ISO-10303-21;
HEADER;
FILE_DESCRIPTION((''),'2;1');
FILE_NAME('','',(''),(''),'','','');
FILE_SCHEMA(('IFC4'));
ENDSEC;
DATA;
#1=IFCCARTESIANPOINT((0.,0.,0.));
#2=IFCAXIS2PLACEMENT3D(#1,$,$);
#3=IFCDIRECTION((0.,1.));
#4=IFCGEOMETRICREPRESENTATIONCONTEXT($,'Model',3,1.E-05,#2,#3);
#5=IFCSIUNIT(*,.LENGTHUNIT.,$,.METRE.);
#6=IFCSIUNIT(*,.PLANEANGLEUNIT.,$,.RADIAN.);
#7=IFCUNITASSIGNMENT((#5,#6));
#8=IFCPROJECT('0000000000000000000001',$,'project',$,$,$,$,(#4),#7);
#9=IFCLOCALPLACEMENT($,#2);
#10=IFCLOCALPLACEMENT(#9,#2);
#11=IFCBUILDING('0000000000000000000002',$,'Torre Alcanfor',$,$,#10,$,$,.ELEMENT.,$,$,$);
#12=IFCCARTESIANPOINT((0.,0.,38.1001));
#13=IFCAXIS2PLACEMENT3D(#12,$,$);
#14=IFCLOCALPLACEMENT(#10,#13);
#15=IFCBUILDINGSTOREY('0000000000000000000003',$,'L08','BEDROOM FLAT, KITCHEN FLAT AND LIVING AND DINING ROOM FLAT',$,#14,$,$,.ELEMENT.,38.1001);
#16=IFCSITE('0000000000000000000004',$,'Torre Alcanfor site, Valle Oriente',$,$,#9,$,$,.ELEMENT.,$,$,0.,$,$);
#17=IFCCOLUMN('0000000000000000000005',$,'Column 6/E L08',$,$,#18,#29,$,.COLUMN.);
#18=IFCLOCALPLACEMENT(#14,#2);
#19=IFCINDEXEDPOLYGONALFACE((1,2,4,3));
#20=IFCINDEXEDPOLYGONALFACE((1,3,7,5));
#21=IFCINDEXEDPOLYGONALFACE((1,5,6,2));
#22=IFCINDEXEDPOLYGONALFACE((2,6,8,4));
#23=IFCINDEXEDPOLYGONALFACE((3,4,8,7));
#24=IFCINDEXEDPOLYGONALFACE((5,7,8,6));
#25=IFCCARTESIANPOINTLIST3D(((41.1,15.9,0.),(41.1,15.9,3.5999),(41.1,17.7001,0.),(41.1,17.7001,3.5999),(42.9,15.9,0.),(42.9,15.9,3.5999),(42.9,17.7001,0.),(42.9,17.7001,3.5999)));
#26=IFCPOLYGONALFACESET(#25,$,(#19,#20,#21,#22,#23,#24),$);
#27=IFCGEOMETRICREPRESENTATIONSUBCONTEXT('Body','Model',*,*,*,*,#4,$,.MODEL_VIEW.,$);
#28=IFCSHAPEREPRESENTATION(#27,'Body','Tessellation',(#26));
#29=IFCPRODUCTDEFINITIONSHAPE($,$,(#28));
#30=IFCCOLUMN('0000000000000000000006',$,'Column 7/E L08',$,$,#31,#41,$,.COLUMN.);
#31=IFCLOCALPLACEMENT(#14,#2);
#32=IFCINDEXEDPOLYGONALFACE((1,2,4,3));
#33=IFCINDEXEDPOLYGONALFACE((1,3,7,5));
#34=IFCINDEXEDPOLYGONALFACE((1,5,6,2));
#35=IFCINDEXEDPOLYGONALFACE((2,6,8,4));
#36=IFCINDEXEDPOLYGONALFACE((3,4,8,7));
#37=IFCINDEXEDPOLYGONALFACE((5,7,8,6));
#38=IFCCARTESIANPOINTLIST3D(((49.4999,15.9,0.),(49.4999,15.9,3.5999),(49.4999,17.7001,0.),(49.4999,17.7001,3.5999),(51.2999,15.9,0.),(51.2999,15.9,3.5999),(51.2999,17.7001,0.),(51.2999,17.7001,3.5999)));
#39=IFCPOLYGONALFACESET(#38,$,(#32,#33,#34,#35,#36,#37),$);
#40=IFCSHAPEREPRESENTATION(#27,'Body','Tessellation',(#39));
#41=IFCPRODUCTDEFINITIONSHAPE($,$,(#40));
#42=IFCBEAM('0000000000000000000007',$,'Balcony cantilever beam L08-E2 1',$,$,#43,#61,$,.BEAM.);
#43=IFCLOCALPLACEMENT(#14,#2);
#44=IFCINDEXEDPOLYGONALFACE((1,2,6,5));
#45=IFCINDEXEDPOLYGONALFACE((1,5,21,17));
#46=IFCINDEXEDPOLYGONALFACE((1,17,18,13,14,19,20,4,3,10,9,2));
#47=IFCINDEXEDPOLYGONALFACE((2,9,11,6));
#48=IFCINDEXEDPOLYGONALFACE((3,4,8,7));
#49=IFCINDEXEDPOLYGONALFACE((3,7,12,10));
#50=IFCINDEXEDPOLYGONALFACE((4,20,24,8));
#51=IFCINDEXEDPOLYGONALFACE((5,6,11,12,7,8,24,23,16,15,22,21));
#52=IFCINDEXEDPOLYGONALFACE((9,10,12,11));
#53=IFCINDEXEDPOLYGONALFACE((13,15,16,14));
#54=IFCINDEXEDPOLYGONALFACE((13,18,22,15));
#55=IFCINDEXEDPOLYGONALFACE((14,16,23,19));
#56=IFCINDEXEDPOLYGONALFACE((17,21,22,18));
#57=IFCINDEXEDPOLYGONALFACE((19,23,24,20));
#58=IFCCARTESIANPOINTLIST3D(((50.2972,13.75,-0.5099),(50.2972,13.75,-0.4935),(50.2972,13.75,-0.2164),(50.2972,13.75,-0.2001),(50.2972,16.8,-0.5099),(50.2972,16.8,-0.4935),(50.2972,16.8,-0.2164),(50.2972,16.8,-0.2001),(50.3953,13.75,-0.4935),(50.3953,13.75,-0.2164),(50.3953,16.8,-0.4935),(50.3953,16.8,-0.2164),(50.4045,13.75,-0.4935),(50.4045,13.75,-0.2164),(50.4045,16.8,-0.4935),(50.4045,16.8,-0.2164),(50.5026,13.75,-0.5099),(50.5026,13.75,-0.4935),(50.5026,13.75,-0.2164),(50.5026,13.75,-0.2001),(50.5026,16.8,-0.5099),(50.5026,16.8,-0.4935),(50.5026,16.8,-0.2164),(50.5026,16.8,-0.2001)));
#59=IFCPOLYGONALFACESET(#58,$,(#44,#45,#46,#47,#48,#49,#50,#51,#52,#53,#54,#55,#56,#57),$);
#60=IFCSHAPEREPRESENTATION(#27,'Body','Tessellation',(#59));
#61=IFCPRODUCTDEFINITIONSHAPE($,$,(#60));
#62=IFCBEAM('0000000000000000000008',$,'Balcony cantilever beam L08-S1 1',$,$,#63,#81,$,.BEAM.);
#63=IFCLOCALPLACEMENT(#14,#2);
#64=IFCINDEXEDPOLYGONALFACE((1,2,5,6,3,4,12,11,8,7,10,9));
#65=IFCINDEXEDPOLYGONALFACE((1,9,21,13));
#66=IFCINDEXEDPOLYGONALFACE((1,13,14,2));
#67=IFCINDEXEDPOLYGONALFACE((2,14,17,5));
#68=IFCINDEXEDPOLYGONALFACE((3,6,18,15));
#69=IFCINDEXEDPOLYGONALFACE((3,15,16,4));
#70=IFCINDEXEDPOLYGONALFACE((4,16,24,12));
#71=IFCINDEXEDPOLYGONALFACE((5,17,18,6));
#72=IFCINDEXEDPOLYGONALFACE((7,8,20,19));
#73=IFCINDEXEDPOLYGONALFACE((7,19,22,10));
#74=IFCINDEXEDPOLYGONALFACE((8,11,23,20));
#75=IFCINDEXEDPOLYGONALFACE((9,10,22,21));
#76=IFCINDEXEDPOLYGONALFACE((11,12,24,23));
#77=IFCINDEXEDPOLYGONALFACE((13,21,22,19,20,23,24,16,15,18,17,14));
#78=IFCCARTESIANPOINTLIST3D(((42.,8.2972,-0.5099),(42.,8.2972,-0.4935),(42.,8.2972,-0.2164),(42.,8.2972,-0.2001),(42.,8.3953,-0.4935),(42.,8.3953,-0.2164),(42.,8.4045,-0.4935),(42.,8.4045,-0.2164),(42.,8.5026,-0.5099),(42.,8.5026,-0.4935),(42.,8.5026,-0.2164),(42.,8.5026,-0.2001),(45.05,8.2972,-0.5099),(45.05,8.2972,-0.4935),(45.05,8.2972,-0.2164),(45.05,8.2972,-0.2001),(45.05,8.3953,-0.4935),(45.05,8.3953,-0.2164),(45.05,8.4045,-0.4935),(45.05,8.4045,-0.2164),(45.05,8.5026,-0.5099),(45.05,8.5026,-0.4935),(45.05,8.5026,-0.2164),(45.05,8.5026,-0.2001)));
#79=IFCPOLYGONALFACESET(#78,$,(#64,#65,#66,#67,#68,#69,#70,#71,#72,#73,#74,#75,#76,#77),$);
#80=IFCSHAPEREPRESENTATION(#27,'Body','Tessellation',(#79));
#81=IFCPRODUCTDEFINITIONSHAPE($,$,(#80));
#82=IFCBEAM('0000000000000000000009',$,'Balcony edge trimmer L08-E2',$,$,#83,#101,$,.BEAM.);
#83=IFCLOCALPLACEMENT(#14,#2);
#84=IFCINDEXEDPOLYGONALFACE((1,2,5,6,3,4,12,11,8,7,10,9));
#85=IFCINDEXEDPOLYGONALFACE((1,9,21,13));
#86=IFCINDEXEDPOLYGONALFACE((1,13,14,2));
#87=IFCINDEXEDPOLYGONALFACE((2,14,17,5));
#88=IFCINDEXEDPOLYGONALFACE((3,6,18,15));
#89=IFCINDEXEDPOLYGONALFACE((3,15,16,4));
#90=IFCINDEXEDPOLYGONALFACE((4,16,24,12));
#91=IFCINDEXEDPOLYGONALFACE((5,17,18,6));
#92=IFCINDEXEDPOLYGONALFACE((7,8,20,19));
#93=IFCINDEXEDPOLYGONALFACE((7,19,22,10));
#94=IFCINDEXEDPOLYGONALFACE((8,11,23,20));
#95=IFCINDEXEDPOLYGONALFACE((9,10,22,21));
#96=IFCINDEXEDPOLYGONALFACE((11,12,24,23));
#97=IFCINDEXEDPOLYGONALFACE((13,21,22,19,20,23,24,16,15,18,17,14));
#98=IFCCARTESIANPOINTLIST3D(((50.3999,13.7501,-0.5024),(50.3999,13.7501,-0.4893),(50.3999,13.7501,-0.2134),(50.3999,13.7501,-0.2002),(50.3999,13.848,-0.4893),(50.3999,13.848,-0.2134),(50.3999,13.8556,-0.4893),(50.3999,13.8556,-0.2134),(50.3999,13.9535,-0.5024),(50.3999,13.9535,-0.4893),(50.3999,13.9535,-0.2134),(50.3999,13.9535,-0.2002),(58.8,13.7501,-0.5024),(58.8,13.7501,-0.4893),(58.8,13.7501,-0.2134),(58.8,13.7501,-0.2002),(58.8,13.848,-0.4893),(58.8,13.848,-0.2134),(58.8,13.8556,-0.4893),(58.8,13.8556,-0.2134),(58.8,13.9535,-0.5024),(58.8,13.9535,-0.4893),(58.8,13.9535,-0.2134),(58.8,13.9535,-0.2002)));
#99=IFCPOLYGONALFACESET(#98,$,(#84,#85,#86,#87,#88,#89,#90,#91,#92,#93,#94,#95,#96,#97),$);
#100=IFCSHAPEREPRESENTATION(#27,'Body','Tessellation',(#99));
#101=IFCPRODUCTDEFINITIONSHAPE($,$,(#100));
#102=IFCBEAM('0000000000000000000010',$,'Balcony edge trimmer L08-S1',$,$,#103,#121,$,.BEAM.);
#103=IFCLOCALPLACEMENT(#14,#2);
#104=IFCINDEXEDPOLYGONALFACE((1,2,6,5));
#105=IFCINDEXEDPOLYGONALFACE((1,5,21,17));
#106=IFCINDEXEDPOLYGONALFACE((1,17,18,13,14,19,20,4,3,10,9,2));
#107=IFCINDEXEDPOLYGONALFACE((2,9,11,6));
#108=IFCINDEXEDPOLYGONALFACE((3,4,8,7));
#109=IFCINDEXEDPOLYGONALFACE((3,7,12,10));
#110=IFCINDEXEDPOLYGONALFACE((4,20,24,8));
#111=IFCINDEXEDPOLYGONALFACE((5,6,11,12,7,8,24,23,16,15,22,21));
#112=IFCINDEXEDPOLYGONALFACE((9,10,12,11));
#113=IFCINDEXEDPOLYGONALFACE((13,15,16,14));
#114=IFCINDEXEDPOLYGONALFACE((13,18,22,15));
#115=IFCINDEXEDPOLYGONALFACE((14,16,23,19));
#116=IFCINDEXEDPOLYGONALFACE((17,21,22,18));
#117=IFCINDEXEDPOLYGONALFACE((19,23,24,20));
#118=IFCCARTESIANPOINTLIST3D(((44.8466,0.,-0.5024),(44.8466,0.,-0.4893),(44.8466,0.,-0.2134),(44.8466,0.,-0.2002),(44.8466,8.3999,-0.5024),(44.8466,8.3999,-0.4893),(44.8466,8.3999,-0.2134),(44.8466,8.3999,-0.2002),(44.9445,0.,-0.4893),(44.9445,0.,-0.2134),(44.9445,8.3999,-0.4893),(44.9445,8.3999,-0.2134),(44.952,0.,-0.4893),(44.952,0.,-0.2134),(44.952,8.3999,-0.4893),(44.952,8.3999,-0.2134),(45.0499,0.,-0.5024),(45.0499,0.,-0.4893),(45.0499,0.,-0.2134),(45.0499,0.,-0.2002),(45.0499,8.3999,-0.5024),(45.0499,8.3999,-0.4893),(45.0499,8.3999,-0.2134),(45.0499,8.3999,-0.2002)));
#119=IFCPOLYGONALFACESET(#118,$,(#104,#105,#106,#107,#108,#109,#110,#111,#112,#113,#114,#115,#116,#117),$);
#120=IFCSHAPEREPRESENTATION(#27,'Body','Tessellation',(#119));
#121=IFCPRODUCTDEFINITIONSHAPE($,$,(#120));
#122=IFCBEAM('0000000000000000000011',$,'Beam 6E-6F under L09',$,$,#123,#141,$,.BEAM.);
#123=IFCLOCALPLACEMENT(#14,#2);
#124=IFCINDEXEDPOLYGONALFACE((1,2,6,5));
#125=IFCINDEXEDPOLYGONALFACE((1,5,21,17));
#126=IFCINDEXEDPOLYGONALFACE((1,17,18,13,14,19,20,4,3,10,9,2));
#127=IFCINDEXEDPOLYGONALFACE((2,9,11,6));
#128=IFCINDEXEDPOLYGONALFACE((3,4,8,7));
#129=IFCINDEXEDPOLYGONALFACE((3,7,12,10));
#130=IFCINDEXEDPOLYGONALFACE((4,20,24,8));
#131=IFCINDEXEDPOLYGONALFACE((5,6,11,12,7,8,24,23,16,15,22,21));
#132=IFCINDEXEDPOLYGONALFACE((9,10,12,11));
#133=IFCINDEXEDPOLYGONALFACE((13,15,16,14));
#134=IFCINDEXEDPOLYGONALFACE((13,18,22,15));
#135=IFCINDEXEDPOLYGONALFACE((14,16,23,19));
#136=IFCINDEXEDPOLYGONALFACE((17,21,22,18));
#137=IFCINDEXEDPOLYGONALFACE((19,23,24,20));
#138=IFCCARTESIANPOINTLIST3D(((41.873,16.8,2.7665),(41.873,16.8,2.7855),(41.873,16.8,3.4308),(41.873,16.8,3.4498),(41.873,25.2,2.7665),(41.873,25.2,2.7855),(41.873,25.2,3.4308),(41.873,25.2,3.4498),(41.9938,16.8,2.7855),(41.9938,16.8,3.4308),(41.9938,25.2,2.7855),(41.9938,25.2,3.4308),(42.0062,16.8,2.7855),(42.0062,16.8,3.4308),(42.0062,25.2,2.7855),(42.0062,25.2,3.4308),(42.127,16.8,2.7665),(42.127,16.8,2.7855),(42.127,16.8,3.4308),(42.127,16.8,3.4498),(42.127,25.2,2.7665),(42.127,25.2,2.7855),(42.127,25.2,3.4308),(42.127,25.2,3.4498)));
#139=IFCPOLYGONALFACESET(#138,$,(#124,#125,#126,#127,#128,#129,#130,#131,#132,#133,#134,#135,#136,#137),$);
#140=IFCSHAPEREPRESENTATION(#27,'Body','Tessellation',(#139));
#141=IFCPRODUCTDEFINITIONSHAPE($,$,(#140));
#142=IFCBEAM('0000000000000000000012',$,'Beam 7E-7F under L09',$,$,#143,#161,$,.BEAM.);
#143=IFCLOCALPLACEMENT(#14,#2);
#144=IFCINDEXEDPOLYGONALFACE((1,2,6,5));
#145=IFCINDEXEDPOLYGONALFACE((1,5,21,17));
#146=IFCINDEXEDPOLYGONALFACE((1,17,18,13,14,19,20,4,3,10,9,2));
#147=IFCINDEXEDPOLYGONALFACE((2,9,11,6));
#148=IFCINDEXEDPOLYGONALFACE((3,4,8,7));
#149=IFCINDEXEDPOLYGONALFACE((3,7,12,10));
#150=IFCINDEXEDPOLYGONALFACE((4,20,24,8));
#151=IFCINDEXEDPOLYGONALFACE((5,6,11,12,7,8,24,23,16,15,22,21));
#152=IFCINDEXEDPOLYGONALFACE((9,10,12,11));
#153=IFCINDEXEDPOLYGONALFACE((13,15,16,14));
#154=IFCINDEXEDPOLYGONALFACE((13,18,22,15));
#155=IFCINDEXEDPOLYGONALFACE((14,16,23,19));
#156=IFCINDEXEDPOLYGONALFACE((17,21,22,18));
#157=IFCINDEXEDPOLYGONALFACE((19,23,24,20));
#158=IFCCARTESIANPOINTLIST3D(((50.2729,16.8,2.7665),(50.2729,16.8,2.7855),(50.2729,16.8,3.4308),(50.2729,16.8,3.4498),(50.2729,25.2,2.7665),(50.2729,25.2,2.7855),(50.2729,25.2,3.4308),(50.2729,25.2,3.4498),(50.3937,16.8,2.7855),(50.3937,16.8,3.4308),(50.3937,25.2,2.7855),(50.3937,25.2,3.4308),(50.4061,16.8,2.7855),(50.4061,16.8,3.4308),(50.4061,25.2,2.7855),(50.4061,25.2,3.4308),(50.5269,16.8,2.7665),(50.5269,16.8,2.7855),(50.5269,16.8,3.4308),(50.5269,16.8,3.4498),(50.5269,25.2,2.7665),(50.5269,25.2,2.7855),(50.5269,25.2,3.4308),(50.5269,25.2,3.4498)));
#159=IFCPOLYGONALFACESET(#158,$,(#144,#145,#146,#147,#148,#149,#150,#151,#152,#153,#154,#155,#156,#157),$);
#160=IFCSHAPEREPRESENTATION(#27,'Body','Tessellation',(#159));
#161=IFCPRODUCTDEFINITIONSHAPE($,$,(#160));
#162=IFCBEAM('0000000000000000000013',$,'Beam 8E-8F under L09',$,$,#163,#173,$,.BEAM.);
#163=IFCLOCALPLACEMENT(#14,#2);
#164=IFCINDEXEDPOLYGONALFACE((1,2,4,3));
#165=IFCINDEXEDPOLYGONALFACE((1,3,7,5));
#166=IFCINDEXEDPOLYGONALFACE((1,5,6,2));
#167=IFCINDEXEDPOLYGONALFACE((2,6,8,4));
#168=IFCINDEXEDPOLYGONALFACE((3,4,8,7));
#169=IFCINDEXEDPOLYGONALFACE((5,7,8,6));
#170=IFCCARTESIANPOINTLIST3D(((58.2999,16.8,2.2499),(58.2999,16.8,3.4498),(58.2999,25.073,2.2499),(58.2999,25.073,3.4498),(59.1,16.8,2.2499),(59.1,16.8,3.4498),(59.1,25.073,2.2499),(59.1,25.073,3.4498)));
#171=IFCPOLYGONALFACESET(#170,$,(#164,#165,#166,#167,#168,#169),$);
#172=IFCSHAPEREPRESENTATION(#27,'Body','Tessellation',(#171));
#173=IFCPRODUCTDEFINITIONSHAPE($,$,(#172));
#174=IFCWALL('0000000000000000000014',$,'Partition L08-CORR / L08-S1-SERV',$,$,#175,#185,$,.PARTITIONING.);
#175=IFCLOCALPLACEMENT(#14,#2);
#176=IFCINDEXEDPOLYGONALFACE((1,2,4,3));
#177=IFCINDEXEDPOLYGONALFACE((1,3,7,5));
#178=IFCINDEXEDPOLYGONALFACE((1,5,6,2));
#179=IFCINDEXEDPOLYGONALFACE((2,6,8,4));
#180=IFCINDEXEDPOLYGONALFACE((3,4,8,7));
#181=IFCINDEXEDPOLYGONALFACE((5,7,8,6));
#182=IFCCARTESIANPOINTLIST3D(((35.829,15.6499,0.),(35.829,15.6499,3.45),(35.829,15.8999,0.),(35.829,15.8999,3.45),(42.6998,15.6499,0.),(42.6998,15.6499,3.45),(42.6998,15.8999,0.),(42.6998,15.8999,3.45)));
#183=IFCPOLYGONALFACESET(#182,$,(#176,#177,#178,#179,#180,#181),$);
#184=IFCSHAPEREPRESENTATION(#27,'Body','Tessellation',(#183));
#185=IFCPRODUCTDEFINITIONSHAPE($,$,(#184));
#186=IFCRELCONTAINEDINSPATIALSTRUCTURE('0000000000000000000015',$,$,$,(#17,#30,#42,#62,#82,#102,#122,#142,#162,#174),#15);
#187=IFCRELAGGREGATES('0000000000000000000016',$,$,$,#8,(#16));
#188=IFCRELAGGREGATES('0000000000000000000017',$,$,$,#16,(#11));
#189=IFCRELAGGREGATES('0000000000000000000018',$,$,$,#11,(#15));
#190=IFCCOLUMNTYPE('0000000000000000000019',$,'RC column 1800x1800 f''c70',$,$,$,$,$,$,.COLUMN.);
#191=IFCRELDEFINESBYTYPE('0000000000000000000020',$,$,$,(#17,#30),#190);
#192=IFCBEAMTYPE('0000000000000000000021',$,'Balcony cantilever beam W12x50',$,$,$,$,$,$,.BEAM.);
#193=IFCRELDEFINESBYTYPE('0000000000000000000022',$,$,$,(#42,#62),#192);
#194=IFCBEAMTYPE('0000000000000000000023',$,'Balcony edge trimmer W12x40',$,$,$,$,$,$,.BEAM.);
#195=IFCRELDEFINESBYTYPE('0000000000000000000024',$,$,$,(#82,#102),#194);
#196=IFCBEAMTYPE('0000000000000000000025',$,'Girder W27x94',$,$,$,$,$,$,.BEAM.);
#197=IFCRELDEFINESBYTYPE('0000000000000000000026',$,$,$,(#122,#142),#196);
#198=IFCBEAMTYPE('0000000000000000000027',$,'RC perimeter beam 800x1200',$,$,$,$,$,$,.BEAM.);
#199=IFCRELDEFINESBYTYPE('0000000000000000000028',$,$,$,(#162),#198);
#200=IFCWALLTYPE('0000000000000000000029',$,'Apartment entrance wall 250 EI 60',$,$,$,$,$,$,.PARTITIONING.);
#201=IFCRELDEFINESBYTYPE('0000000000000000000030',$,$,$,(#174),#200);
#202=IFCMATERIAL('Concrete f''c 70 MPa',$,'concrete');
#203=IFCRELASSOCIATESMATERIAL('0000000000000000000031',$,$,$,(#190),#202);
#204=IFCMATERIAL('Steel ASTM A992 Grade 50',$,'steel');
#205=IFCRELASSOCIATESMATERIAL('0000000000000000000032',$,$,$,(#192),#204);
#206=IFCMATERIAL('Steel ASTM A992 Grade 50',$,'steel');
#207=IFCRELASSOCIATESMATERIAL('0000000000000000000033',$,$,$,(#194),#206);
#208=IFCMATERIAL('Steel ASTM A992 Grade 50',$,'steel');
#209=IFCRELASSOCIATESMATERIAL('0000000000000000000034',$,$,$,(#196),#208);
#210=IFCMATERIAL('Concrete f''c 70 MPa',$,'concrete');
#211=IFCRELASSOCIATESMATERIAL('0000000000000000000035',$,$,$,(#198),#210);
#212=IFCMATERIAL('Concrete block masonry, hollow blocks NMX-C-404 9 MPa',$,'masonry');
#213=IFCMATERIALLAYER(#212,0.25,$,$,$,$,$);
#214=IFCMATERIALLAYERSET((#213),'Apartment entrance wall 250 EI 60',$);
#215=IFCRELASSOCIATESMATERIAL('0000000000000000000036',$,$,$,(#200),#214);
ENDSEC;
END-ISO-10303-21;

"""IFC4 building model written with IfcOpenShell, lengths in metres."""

from ifc_helpers import new_model, si_unit, direction, frame, frame_2d, origin, origin_2d, place, context, subcontext, project, spatial, rectangle, i_section, extrude, material, layer, layer_set, material_profile, profile_set, type_object, element, save


model = new_model("IFC4")

# Units and contexts
model_context = context("Model", 3, precision=1e-05, world=origin(), true_north=direction((0.0, 1.0)))
body_context = subcontext(model_context, "Body", "Model", "MODEL_VIEW")
ifc_project = project(units=[si_unit("LENGTHUNIT", "METRE"), si_unit("PLANEANGLEUNIT", "RADIAN")], contexts=[model_context])

# Site, building, storey
site_placement = place(None, origin())
site = spatial("IfcSite", under=ifc_project, at=site_placement, Name="Torre Alcanfor site, Valle Oriente", CompositionType="ELEMENT", RefElevation=0.0)
building_placement = place(site_placement, origin())
building = spatial("IfcBuilding", under=site, at=building_placement, Name="Torre Alcanfor", CompositionType="ELEMENT")
storey_placement = place(building_placement, frame((0.0, 0.0, 38.1001)))
storey = spatial("IfcBuildingStorey", under=building, at=storey_placement, Name="L08", Description="BEDROOM FLAT, KITCHEN FLAT AND LIVING AND DINING ROOM FLAT", CompositionType="ELEMENT", Elevation=38.1001)

# Columns
ifc_material_1 = material(Name="Concrete f'c 70 MPa", Category="concrete")
ifc_material_profile_1 = material_profile(ifc_material_1, rectangle(XDim=1.8, YDim=1.8, at=origin_2d()), Name="1800x1800")
ifc_profile_set_1 = profile_set([ifc_material_profile_1], Name="Concrete f'c 70 MPa")
column_type = type_object("IfcColumnType", Name="RC column 1800x1800 f'c70", PredefinedType="COLUMN", material=ifc_profile_set_1)
for number, where, z_axis, x_axis, name in (
    (1, (42.0, 16.8, 0.0), (0.0, 0.0, 1.0), (1.0, 0.0, 0.0), "Column 6/E L08"),
    (2, (50.3999, 16.8, 0.0), (0.0, 0.0, 1.0), (1.0, 0.0, 0.0), "Column 7/E L08"),
):
    element("IfcColumn", number, at=place(storey_placement, frame(where, z_axis=z_axis, x_axis=x_axis)), inside=storey, type_object=column_type, Name=name, PredefinedType="COLUMN", context=body_context, shape_type="SweptSolid", body=[
        extrude(rectangle(XDim=1.8, YDim=1.8, at=origin_2d()), origin(), (0.0, 0.0, 1.0), 3.5999),
    ])

# Beams
ifc_material_2 = material(Name="Steel ASTM A992 Grade 50", Category="steel")
ifc_material_profile_2 = material_profile(ifc_material_2, i_section(OverallWidth=0.2053, OverallDepth=0.3098, WebThickness=0.0093, FlangeThickness=0.0164, at=origin_2d()), Name="W12x50")
ifc_profile_set_2 = profile_set([ifc_material_profile_2], Name="Steel ASTM A992 Grade 50")
beam_type_1 = type_object("IfcBeamType", Name="Balcony cantilever beam W12x50", PredefinedType="BEAM", material=ifc_profile_set_2)
for number, where, z_axis, x_axis, name in (
    (3, (50.3999, 16.8, -0.355), (0.0, -1.0, 0.0), (1.0, 0.0, 0.0), "Balcony cantilever beam L08-E2 1"),
    (4, (42.0, 8.3999, -0.355), (1.0, 0.0, 0.0), (0.0, 1.0, 0.0), "Balcony cantilever beam L08-S1 1"),
):
    element("IfcBeam", number, at=place(storey_placement, frame(where, z_axis=z_axis, x_axis=x_axis)), inside=storey, type_object=beam_type_1, Name=name, PredefinedType="BEAM", context=body_context, shape_type="SweptSolid", body=[
        extrude(i_section(OverallWidth=0.2053, OverallDepth=0.3098, WebThickness=0.0093, FlangeThickness=0.0164, at=origin_2d()), origin(), (0.0, 0.0, 1.0), 3.05),
    ])
ifc_material_3 = material(Name="Steel ASTM A992 Grade 50", Category="steel")
ifc_material_profile_3 = material_profile(ifc_material_3, i_section(OverallWidth=0.2034, OverallDepth=0.3022, WebThickness=0.0076, FlangeThickness=0.0132, at=origin_2d()), Name="W12x40")
ifc_profile_set_3 = profile_set([ifc_material_profile_3], Name="Steel ASTM A992 Grade 50")
beam_type_2 = type_object("IfcBeamType", Name="Balcony edge trimmer W12x40", PredefinedType="BEAM", material=ifc_profile_set_3)
beam_1_placement = place(storey_placement, frame((50.3999, 13.8518, -0.3513), z_axis=(1.0, 0.0, 0.0), x_axis=(0.0, 1.0, 0.0)))
element("IfcBeam", 5, at=beam_1_placement, inside=storey, type_object=beam_type_2, Name="Balcony edge trimmer L08-E2", PredefinedType="BEAM", context=body_context, shape_type="SweptSolid", body=[
    extrude(i_section(OverallWidth=0.2034, OverallDepth=0.3022, WebThickness=0.0076, FlangeThickness=0.0132, at=origin_2d()), origin(), (0.0, 0.0, 1.0), 8.4001),
])
beam_2_placement = place(storey_placement, frame((44.9482, 8.3999, -0.3513), z_axis=(0.0, -1.0, 0.0), x_axis=(1.0, 0.0, 0.0)))
element("IfcBeam", 6, at=beam_2_placement, inside=storey, type_object=beam_type_2, Name="Balcony edge trimmer L08-S1", PredefinedType="BEAM", context=body_context, shape_type="SweptSolid", body=[
    extrude(i_section(OverallWidth=0.2034, OverallDepth=0.3022, WebThickness=0.0076, FlangeThickness=0.0132, at=origin_2d()), origin(), (0.0, 0.0, 1.0), 8.3999),
])
ifc_material_4 = material(Name="Steel ASTM A992 Grade 50", Category="steel")
ifc_material_profile_4 = material_profile(ifc_material_4, i_section(OverallWidth=0.2539, OverallDepth=0.6833, WebThickness=0.0125, FlangeThickness=0.019, at=origin_2d()), Name="W27x94")
ifc_profile_set_4 = profile_set([ifc_material_profile_4], Name="Steel ASTM A992 Grade 50")
beam_type_3 = type_object("IfcBeamType", Name="Girder W27x94", PredefinedType="BEAM", material=ifc_profile_set_4)
for number, where, z_axis, x_axis, name in (
    (7, (42.0, 16.8, 3.1082), (0.0, 1.0, 0.0), (-1.0, 0.0, 0.0), "Beam 6E-6F under L09"),
    (8, (50.3999, 16.8, 3.1082), (0.0, 1.0, 0.0), (-1.0, 0.0, 0.0), "Beam 7E-7F under L09"),
):
    element("IfcBeam", number, at=place(storey_placement, frame(where, z_axis=z_axis, x_axis=x_axis)), inside=storey, type_object=beam_type_3, Name=name, PredefinedType="BEAM", context=body_context, shape_type="SweptSolid", body=[
        extrude(i_section(OverallWidth=0.2539, OverallDepth=0.6833, WebThickness=0.0125, FlangeThickness=0.019, at=origin_2d()), origin(), (0.0, 0.0, 1.0), 8.3999),
    ])
ifc_material_5 = material(Name="Concrete f'c 70 MPa", Category="concrete")
ifc_material_profile_5 = material_profile(ifc_material_5, rectangle(XDim=0.8, YDim=1.2, at=origin_2d()), Name="800x1200")
ifc_profile_set_5 = profile_set([ifc_material_profile_5], Name="Concrete f'c 70 MPa")
beam_type_4 = type_object("IfcBeamType", Name="RC perimeter beam 800x1200", PredefinedType="BEAM", material=ifc_profile_set_5)
beam_3_placement = place(storey_placement, frame((58.7, 16.8, 2.8499), z_axis=(0.0, 1.0, 0.0), x_axis=(-1.0, 0.0, 0.0)))
element("IfcBeam", 9, at=beam_3_placement, inside=storey, type_object=beam_type_4, Name="Beam 8E-8F under L09", PredefinedType="BEAM", context=body_context, shape_type="SweptSolid", body=[
    extrude(rectangle(XDim=0.8, YDim=1.2, at=origin_2d()), origin(), (0.0, 0.0, 1.0), 8.2729),
])

# Wall
ifc_material_6 = material(Name="Concrete block masonry, hollow blocks NMX-C-404 9 MPa", Category="masonry")
ifc_layer_1 = layer(ifc_material_6, 0.25)
ifc_layer_set_1 = layer_set([ifc_layer_1], Name="Apartment entrance wall 250 EI 60")
wall_type_1 = type_object("IfcWallType", Name="Apartment entrance wall 250 EI 60", PredefinedType="PARTITIONING", material=ifc_layer_set_1)
wall_1_placement = place(storey_placement, frame((42.7, 15.7749, 0.0), z_axis=(0.0, 0.0, 1.0), x_axis=(-1.0, 0.0, 0.0)))
element("IfcWall", 10, at=wall_1_placement, inside=storey, type_object=wall_type_1, Name="Partition L08-CORR / L08-S1-SERV", PredefinedType="PARTITIONING", context=body_context, shape_type="SweptSolid", body=[
    extrude(rectangle(XDim=6.8708, YDim=0.25, at=frame_2d((3.4355, 0.0))), origin(), (0.0, 0.0, 1.0), 3.45),
])

save(model, "model.ifc")
